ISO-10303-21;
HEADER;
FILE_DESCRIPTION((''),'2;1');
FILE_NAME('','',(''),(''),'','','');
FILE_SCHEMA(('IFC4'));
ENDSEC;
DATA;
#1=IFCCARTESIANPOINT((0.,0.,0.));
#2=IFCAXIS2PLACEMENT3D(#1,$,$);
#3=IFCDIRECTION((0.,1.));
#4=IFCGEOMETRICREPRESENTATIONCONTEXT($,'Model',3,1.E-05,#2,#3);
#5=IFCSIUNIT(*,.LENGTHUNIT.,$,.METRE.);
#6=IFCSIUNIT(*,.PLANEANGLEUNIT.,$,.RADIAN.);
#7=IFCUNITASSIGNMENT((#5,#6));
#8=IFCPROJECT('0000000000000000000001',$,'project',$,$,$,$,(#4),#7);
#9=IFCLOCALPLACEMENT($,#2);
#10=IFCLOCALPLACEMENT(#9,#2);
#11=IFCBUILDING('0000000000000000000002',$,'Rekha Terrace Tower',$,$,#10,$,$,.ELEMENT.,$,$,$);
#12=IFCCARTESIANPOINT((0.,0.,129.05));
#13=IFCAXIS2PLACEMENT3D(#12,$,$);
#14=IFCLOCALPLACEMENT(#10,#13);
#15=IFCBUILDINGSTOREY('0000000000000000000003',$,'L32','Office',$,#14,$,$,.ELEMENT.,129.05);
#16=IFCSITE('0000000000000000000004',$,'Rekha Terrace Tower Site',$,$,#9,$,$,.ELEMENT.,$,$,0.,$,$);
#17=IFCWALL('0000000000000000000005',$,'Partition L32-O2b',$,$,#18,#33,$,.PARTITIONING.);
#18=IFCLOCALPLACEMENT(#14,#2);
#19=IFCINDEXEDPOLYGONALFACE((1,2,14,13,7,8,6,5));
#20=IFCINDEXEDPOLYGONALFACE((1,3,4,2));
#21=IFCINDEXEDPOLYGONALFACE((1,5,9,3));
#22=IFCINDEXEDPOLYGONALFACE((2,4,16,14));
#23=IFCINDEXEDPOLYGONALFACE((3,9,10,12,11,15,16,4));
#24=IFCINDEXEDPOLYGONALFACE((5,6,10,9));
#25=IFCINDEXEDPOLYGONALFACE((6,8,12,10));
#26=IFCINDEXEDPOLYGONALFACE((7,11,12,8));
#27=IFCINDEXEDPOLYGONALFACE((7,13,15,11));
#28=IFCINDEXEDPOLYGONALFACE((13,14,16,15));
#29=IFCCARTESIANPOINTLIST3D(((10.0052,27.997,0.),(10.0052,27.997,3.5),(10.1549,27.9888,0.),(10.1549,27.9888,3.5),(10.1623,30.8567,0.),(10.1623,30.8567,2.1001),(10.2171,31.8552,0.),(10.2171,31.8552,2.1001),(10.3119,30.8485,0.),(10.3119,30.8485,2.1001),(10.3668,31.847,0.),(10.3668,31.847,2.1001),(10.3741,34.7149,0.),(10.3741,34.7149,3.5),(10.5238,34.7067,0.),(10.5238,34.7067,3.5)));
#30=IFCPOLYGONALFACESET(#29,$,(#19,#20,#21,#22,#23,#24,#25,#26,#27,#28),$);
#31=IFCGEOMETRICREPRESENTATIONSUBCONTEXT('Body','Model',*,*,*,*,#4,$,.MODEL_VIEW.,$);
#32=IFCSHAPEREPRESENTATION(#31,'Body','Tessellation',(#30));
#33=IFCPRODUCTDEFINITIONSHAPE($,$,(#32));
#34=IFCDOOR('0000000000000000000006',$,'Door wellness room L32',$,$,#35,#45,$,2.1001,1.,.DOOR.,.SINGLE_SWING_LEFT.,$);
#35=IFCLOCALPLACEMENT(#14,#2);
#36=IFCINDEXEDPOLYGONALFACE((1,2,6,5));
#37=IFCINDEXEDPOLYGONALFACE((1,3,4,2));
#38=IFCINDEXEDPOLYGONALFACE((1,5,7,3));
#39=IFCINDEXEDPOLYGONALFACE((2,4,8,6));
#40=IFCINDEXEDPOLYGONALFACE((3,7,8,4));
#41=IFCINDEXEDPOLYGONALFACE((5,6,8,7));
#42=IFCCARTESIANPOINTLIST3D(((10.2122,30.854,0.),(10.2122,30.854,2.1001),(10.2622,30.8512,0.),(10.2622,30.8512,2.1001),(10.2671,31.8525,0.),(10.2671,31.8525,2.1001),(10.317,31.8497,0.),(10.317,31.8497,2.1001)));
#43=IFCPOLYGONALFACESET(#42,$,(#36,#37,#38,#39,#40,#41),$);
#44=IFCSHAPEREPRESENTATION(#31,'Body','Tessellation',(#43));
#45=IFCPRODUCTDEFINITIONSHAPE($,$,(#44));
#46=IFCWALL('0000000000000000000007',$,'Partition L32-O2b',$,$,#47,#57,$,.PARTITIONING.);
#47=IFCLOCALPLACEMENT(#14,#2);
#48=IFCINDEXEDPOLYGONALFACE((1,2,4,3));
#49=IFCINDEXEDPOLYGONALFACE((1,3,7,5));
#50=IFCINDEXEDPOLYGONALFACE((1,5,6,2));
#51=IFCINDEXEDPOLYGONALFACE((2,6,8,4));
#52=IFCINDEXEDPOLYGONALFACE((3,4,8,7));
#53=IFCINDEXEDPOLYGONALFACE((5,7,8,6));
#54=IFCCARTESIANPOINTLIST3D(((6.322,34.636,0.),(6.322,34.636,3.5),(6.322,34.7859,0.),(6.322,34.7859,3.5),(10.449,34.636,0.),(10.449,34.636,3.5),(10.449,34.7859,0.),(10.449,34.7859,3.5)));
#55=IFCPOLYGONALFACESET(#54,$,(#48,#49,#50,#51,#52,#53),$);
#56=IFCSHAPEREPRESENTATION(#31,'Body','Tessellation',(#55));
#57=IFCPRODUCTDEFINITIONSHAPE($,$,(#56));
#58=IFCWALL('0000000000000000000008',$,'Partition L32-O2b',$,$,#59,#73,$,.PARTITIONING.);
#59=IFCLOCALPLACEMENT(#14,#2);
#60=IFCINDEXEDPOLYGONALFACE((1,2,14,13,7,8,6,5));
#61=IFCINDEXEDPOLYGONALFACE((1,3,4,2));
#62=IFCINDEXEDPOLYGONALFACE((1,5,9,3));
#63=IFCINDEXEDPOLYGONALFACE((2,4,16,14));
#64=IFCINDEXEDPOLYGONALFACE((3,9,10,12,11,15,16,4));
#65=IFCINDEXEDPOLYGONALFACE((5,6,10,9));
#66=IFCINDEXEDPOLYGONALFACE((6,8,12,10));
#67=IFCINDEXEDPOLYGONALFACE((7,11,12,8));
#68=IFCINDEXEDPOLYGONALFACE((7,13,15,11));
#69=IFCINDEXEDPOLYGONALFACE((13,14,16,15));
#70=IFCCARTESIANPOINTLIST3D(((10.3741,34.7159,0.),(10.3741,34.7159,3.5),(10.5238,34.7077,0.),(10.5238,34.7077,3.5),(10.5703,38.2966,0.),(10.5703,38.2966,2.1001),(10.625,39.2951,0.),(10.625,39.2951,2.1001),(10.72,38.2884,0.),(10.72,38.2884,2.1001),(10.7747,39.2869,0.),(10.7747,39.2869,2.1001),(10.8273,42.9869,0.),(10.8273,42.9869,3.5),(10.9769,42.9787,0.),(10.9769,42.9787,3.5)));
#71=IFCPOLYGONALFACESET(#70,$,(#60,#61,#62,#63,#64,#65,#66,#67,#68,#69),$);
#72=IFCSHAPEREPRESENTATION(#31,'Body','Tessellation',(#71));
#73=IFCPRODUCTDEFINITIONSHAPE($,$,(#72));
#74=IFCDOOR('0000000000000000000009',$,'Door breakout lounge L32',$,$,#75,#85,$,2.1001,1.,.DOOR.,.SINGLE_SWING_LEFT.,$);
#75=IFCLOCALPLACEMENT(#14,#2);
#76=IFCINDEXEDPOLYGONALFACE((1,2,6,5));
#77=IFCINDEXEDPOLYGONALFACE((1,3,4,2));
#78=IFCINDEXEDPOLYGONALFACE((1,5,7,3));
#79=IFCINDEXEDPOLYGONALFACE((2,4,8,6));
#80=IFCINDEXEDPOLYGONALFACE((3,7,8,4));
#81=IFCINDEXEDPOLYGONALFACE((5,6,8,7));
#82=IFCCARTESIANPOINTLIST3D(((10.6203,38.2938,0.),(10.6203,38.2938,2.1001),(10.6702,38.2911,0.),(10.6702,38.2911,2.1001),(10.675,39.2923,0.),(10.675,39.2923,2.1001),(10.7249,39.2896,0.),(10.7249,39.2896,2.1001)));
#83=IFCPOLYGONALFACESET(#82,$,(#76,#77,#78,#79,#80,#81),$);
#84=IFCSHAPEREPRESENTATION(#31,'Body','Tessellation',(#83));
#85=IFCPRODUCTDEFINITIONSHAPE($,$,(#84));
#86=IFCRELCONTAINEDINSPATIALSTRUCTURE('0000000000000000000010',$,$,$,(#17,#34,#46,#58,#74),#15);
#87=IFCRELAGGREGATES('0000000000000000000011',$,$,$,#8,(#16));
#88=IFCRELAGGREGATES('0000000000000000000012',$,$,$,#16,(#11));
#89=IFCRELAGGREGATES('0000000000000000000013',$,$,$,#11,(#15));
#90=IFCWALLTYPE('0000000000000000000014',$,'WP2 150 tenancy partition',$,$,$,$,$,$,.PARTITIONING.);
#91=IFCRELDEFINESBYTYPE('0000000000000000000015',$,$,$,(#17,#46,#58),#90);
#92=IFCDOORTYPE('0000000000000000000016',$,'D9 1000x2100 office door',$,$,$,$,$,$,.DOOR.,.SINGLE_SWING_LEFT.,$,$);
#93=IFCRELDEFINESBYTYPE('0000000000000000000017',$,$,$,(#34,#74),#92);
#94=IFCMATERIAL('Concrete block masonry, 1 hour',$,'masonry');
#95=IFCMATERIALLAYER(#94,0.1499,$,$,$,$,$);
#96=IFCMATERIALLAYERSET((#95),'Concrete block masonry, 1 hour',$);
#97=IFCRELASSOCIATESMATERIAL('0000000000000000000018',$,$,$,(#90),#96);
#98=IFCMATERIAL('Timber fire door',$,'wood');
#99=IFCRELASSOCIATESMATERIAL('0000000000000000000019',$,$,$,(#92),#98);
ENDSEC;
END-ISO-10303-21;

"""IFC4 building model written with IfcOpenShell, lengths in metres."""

from ifc_helpers import new_model, si_unit, direction, frame, frame_2d, origin, place, context, subcontext, project, spatial, rectangle, extrude, material, layer, layer_set, type_object, element, fill, save


model = new_model("IFC4")

# Units and contexts
model_context = context("Model", 3, precision=1e-05, world=origin(), true_north=direction((0.0, 1.0)))
body_context = subcontext(model_context, "Body", "Model", "MODEL_VIEW")
ifc_project = project(units=[si_unit("LENGTHUNIT", "METRE"), si_unit("PLANEANGLEUNIT", "RADIAN")], contexts=[model_context])

# Site, building, storey
site_placement = place(None, origin())
site = spatial("IfcSite", under=ifc_project, at=site_placement, Name="Rekha Terrace Tower Site", CompositionType="ELEMENT", RefElevation=0.0)
building_placement = place(site_placement, origin())
building = spatial("IfcBuilding", under=site, at=building_placement, Name="Rekha Terrace Tower", CompositionType="ELEMENT")
storey_placement = place(building_placement, frame((0.0, 0.0, 129.05)))
storey = spatial("IfcBuildingStorey", under=building, at=storey_placement, Name="L32", Description="Office", CompositionType="ELEMENT", Elevation=129.05)

# Shared definitions
ifc_material_1 = material(Name="Concrete block masonry, 1 hour", Category="masonry")
ifc_layer_1 = layer(ifc_material_1, 0.1499)
ifc_layer_set_1 = layer_set([ifc_layer_1], Name="Concrete block masonry, 1 hour")
wall_type = type_object("IfcWallType", Name="WP2 150 tenancy partition", PredefinedType="PARTITIONING", material=ifc_layer_set_1)

# Wall, opening, door
wall_1_placement = place(storey_placement, frame((10.0801, 27.9929, 0.0), z_axis=(0.0, 0.0, 1.0), x_axis=(0.054829, 0.998496, 0.0)))
wall_1 = element("IfcWall", 1, at=wall_1_placement, inside=storey, type_object=wall_type, Name="Partition L32-O2b", PredefinedType="PARTITIONING", context=body_context, shape_type="SweptSolid", body=[
    extrude(rectangle(XDim=6.728, YDim=0.1499, at=frame_2d((3.364, 0.0))), origin(), (0.0, 0.0, 1.0), 3.5),
])
opening_1_placement = place(wall_1_placement, frame((2.864, 0.0, 0.0)))
opening_1 = element("IfcOpeningElement", 2, at=opening_1_placement, cuts=wall_1, PredefinedType="OPENING", context=body_context, shape_type="SweptSolid", body=[
    extrude(rectangle(XDim=1.0, YDim=2.1001, at=frame_2d((0.5, 1.05))), frame((0.0, 0.085, 0.0), z_axis=(0.0, -1.0, 0.0), x_axis=(1.0, 0.0, 0.0)), (0.0, 0.0, 1.0), 0.1699),
])
ifc_material_2 = material(Name="Timber fire door", Category="wood")
door_type = type_object("IfcDoorType", Name="D9 1000x2100 office door", OperationType="SINGLE_SWING_LEFT", PredefinedType="DOOR", material=ifc_material_2)
door_1_placement = place(opening_1_placement, origin())
door_1 = element("IfcDoor", 3, at=door_1_placement, inside=storey, type_object=door_type, Name="Door wellness room L32", OperationType="SINGLE_SWING_LEFT", OverallHeight=2.1001, OverallWidth=1.0, PredefinedType="DOOR", context=body_context, shape_type="SweptSolid", body=[
    extrude(rectangle(XDim=1.0, YDim=2.1001, at=frame_2d((0.5, 1.05))), frame((0.0, 0.0249, 0.0), z_axis=(0.0, -1.0, 0.0), x_axis=(1.0, 0.0, 0.0)), (0.0, 0.0, 1.0), 0.05),
])
fill(opening_1, door_1)

# Wall
wall_2_placement = place(storey_placement, frame((10.449, 34.7109, 0.0), z_axis=(0.0, 0.0, 1.0), x_axis=(-1.0, 0.0, 0.0)))
element("IfcWall", 4, at=wall_2_placement, inside=storey, type_object=wall_type, Name="Partition L32-O2b", PredefinedType="PARTITIONING", context=body_context, shape_type="SweptSolid", body=[
    extrude(rectangle(XDim=4.127, YDim=0.1499, at=frame_2d((2.0635, 0.0))), origin(), (0.0, 0.0, 1.0), 3.5),
])

# Wall, opening, door
wall_3_placement = place(storey_placement, frame((10.449, 34.7119, 0.0), z_axis=(0.0, 0.0, 1.0), x_axis=(0.054703, 0.998503, 0.0)))
wall_3 = element("IfcWall", 5, at=wall_3_placement, inside=storey, type_object=wall_type, Name="Partition L32-O2b", PredefinedType="PARTITIONING", context=body_context, shape_type="SweptSolid", body=[
    extrude(rectangle(XDim=8.2834, YDim=0.1499, at=frame_2d((4.1416, 0.0))), origin(), (0.0, 0.0, 1.0), 3.5),
])
opening_2_placement = place(wall_3_placement, frame((3.5859, 0.0, 0.0)))
opening_2 = element("IfcOpeningElement", 6, at=opening_2_placement, cuts=wall_3, PredefinedType="OPENING", context=body_context, shape_type="SweptSolid", body=[
    extrude(rectangle(XDim=1.0, YDim=2.1001, at=frame_2d((0.5, 1.05))), frame((0.0, 0.085, 0.0), z_axis=(0.0, -1.0, 0.0), x_axis=(1.0, 0.0, 0.0)), (0.0, 0.0, 1.0), 0.1699),
])
door_2_placement = place(opening_2_placement, origin())
door_2 = element("IfcDoor", 7, at=door_2_placement, inside=storey, type_object=door_type, Name="Door breakout lounge L32", OperationType="SINGLE_SWING_LEFT", OverallHeight=2.1001, OverallWidth=1.0, PredefinedType="DOOR", context=body_context, shape_type="SweptSolid", body=[
    extrude(rectangle(XDim=1.0, YDim=2.1001, at=frame_2d((0.5, 1.05))), frame((0.0, 0.0249, 0.0), z_axis=(0.0, -1.0, 0.0), x_axis=(1.0, 0.0, 0.0)), (0.0, 0.0, 1.0), 0.05),
])
fill(opening_2, door_2)

save(model, "model.ifc")
